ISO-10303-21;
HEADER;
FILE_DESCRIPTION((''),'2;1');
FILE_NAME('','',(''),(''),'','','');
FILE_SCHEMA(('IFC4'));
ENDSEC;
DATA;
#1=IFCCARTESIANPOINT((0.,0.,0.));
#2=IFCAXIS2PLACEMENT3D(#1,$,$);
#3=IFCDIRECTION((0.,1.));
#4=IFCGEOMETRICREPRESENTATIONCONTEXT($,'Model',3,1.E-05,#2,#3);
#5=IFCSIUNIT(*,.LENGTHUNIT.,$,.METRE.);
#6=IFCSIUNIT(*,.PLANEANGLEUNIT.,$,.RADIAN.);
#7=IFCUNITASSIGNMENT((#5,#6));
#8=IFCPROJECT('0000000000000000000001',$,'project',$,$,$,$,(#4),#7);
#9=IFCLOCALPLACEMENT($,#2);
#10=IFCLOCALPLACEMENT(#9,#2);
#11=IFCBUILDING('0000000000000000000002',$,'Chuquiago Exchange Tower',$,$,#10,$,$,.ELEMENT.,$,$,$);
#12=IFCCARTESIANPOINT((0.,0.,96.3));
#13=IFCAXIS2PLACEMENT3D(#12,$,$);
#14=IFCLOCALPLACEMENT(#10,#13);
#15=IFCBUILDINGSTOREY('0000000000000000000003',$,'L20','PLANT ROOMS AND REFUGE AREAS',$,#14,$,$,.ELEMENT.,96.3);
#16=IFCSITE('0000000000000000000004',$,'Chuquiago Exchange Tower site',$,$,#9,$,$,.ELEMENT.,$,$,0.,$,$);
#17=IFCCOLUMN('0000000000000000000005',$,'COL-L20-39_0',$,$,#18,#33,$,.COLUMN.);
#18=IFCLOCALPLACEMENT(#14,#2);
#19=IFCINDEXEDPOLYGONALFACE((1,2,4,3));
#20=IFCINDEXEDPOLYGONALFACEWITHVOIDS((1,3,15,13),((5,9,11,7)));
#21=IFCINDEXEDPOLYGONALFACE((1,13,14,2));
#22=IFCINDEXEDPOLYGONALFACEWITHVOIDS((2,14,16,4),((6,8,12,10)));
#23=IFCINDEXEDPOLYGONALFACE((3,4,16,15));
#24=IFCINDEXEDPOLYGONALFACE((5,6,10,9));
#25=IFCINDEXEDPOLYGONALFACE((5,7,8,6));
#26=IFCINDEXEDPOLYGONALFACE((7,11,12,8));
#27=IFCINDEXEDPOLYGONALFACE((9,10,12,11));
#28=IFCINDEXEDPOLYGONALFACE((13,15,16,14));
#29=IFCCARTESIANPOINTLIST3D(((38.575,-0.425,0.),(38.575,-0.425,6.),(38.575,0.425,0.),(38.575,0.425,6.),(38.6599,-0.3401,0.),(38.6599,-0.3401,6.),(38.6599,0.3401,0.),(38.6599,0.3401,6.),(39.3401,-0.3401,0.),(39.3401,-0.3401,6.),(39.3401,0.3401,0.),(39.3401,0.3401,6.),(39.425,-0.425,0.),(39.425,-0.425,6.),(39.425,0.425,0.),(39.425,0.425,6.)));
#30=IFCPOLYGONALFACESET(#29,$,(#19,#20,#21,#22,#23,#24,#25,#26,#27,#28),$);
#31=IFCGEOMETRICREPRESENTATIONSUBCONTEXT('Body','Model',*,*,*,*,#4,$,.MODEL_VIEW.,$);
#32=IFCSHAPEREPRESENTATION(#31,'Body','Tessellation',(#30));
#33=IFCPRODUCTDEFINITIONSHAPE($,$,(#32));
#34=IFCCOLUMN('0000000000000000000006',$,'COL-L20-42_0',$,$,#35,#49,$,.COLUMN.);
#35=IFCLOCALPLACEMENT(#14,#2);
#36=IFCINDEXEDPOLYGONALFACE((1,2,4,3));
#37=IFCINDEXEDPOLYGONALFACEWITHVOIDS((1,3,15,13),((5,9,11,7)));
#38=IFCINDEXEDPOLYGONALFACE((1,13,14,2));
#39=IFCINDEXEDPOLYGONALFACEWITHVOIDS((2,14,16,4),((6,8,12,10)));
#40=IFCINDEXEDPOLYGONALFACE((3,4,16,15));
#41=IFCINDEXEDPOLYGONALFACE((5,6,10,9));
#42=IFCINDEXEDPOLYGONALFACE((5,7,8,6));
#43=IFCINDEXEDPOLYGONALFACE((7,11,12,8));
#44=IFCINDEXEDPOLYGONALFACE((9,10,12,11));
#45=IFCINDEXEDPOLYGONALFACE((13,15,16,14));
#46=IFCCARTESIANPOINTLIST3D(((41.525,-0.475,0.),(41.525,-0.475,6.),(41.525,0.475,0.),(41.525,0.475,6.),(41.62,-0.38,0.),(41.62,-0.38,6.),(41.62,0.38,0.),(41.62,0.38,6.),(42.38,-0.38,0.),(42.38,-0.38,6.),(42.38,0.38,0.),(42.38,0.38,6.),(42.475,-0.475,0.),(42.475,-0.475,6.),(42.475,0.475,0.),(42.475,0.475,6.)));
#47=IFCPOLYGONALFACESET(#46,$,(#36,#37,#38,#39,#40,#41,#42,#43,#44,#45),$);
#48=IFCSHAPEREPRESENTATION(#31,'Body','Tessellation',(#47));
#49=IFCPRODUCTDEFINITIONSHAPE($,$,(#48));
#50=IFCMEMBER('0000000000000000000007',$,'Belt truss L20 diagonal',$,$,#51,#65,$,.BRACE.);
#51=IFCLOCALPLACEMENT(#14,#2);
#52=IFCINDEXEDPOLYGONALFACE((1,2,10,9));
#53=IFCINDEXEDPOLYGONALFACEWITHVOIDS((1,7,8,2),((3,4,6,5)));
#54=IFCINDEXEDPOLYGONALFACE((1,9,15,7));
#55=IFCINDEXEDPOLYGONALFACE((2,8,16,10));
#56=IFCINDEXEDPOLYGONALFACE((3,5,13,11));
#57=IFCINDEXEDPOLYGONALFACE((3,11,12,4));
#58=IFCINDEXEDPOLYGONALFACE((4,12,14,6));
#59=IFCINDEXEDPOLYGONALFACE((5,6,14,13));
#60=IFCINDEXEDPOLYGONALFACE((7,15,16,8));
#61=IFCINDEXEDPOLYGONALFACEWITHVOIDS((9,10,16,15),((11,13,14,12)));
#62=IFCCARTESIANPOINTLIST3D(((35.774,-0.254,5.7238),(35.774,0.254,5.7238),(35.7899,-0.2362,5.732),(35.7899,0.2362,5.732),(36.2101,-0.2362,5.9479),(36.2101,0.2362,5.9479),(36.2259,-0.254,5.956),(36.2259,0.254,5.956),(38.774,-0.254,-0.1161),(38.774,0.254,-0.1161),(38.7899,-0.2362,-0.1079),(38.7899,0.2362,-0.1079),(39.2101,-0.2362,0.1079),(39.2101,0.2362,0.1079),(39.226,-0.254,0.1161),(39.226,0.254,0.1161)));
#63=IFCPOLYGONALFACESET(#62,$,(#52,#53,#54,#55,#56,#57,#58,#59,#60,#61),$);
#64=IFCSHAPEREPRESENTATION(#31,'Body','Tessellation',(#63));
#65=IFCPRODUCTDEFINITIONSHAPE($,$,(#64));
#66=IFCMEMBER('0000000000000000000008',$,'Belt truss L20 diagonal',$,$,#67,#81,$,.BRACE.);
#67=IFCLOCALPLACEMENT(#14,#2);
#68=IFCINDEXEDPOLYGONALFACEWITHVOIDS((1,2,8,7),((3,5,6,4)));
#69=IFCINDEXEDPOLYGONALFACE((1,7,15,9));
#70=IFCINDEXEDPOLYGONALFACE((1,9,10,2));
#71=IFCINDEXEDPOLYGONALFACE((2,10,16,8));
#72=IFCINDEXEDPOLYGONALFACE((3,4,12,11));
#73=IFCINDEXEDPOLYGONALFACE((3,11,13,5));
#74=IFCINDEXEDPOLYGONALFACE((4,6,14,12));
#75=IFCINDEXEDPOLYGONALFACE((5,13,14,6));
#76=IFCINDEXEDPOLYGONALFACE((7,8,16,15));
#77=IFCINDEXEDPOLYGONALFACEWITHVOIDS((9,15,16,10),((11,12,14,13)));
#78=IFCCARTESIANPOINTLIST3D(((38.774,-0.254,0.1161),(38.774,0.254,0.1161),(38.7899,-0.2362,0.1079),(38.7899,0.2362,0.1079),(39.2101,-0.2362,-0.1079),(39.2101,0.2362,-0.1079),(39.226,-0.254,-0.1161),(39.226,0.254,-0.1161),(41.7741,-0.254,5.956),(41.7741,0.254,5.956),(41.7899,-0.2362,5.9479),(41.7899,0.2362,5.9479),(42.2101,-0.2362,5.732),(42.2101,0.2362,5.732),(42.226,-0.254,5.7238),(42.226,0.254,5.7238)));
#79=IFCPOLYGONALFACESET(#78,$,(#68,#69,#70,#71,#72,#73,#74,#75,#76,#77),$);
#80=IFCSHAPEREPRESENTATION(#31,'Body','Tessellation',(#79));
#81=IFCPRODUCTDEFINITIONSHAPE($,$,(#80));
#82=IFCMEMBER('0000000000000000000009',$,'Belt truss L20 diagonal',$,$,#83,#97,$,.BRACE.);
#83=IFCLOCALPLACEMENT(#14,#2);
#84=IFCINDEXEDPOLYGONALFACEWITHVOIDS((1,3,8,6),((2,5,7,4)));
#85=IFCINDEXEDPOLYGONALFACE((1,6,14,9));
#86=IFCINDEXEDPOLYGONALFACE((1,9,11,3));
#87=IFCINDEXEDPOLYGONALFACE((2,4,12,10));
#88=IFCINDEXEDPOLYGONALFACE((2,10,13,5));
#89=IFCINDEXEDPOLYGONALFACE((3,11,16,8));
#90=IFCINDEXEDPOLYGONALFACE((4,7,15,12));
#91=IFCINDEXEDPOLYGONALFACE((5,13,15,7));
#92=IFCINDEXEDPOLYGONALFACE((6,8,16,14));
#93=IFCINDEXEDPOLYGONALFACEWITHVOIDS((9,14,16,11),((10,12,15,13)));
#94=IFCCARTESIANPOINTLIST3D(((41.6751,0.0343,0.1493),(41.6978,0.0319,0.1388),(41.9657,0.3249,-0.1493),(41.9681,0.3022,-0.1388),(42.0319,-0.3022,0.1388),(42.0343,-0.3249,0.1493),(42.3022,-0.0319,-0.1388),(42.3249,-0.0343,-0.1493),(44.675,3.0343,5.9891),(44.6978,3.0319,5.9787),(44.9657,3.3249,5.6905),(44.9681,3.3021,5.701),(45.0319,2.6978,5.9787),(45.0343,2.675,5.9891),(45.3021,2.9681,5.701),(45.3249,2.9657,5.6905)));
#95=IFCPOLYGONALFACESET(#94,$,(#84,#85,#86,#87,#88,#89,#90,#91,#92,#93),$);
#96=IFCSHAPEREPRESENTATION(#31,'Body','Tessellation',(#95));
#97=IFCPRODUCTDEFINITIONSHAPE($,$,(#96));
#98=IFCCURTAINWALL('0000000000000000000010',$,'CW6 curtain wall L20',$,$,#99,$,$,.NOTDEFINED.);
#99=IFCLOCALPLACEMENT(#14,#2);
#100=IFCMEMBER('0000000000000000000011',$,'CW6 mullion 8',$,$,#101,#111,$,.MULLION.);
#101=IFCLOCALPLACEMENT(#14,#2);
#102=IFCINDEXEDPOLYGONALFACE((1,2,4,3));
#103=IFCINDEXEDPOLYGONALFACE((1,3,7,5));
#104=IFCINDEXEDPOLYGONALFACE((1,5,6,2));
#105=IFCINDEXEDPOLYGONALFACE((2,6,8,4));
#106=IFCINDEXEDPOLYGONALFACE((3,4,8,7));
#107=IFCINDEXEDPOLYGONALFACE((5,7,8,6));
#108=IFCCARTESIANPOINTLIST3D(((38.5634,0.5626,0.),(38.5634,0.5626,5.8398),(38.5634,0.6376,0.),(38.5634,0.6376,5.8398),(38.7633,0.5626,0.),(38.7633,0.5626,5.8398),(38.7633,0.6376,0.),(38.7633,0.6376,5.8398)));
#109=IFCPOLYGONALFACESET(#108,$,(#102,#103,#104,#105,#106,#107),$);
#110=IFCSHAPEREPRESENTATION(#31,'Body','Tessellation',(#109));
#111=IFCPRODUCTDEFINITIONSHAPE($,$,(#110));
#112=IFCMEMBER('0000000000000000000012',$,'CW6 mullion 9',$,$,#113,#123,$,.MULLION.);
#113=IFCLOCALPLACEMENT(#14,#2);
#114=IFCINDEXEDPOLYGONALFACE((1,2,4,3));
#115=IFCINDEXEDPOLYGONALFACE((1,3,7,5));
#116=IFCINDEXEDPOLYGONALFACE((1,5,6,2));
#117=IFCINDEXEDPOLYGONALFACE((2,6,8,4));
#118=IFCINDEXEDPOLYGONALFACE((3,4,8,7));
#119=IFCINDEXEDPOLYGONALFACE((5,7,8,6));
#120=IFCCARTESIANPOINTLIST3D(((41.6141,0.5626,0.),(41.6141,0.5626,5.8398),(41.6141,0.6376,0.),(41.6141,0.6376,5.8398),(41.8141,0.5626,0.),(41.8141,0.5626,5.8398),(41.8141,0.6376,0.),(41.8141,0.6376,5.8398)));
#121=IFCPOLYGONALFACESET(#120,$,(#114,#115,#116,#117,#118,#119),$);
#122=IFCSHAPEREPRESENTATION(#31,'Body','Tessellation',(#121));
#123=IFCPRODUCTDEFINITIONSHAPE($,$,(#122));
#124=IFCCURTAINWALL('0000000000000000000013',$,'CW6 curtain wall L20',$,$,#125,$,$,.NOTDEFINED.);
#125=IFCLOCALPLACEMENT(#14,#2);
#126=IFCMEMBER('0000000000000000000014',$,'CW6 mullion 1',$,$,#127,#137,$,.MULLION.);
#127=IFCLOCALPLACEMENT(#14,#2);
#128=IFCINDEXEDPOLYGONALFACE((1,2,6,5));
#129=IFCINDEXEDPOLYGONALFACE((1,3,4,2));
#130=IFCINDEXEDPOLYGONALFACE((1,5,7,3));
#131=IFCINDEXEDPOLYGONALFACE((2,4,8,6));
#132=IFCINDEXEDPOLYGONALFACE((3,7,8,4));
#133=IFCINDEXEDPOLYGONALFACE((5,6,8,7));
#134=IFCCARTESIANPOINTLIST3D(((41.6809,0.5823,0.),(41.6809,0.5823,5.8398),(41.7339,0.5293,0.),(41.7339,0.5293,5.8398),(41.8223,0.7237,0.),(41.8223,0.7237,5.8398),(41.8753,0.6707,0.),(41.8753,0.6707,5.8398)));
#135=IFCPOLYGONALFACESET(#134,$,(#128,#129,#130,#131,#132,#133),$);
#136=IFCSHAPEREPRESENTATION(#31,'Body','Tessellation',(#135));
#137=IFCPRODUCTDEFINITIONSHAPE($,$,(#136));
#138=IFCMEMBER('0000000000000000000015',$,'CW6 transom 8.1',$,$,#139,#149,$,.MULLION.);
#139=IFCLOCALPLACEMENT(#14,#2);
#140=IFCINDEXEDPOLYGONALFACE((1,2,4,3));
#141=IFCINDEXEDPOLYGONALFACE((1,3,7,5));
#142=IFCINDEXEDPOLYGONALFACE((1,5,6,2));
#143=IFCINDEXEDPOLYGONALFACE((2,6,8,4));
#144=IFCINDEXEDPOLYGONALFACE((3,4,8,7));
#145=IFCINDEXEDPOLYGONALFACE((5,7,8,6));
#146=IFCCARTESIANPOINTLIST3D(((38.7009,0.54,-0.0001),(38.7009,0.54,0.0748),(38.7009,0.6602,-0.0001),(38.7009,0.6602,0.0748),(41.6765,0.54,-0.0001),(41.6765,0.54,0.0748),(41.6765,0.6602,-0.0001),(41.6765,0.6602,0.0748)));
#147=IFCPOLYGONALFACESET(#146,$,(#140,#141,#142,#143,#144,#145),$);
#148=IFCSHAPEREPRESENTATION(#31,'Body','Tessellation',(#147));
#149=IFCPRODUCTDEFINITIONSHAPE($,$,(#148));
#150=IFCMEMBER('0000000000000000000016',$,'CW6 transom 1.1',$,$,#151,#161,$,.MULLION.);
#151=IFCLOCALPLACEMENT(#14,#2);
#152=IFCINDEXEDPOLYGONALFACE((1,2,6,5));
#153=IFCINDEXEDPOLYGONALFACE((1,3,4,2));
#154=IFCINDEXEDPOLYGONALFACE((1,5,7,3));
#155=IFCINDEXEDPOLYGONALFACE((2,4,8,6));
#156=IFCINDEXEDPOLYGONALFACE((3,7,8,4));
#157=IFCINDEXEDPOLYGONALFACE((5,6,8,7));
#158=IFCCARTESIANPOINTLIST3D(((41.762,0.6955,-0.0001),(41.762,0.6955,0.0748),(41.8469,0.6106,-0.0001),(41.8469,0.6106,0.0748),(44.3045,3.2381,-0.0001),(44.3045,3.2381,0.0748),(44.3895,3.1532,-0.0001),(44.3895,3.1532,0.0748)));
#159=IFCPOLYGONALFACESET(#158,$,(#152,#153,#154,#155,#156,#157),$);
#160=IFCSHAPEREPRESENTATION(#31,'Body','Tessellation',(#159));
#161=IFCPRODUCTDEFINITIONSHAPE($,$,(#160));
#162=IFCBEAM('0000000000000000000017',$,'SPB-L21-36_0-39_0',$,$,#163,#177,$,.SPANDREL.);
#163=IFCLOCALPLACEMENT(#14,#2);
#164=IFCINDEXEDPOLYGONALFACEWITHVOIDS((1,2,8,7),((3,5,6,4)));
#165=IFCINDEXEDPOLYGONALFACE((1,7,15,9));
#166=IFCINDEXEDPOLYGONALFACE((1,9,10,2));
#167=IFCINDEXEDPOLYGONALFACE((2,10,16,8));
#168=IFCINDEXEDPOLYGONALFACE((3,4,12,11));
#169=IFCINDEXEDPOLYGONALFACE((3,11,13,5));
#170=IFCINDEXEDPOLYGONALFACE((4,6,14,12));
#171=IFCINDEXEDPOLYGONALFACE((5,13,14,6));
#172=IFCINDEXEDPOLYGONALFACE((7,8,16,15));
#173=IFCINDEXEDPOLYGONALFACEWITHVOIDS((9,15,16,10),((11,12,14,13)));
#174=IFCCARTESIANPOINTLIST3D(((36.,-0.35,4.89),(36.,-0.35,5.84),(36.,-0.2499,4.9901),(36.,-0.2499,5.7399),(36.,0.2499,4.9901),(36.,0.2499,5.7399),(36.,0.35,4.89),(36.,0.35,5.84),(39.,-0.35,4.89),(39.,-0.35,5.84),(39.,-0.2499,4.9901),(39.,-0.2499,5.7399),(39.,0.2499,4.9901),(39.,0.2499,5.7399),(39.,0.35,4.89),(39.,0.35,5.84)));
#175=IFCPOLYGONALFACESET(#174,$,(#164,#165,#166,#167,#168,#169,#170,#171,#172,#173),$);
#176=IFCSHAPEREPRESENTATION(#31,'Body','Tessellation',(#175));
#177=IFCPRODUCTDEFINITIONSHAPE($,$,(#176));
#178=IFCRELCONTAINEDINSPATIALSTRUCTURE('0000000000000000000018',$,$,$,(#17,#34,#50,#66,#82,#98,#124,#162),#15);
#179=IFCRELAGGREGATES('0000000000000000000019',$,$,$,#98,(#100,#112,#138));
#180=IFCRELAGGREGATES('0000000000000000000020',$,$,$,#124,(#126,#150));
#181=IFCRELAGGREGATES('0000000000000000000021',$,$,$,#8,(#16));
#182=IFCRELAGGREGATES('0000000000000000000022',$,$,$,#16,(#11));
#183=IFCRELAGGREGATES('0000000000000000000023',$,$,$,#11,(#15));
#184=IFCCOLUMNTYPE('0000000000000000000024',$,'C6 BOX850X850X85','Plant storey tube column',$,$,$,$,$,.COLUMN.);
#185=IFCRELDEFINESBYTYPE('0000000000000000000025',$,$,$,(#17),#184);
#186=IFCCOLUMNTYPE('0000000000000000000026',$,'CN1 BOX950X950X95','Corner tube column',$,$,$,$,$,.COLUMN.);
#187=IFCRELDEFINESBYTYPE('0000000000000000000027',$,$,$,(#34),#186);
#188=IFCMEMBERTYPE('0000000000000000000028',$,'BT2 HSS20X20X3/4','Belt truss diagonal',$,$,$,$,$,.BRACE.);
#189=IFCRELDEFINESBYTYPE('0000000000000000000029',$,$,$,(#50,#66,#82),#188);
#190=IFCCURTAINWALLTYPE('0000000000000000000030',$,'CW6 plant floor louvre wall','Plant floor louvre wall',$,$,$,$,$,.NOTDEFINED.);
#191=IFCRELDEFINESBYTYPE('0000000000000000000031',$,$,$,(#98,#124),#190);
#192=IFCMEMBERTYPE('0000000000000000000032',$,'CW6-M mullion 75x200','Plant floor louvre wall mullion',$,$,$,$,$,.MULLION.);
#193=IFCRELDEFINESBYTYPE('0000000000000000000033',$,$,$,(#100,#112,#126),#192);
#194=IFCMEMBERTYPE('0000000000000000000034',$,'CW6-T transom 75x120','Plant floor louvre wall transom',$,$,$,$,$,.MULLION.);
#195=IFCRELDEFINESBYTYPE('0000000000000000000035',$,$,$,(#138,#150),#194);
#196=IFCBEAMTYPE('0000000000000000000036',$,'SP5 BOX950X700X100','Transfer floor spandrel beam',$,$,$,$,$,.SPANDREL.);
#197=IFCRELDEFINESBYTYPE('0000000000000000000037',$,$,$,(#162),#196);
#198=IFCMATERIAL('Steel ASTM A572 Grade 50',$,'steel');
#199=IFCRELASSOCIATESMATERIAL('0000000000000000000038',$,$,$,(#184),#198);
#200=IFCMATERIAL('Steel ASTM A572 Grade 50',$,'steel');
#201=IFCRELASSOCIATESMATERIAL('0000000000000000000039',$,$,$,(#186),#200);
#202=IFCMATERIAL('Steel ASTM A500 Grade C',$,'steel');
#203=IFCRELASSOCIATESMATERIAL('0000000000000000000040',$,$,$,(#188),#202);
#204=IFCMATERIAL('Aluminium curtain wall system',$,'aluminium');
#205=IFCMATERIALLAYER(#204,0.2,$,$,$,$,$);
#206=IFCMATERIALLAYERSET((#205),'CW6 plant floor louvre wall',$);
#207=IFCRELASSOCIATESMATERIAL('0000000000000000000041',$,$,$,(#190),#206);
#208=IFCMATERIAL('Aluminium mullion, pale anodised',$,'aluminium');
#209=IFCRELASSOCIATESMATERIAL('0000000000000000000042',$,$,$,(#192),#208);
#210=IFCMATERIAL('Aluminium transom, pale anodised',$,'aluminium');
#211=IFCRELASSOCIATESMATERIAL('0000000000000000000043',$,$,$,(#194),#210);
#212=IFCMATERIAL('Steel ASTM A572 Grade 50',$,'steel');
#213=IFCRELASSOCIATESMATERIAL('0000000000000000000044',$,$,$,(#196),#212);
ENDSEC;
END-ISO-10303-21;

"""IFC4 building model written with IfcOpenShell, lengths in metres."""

from ifc_helpers import new_model, si_unit, direction, frame, origin, origin_2d, place, context, subcontext, project, spatial, rectangle, hollow_rectangle, extrude, material, layer, layer_set, material_profile, profile_set, type_object, element, aggregate, save


model = new_model("IFC4")

# Units and contexts
model_context = context("Model", 3, precision=1e-05, world=origin(), true_north=direction((0.0, 1.0)))
body_context = subcontext(model_context, "Body", "Model", "MODEL_VIEW")
ifc_project = project(units=[si_unit("LENGTHUNIT", "METRE"), si_unit("PLANEANGLEUNIT", "RADIAN")], contexts=[model_context])

# Site, building, storey
site_placement = place(None, origin())
site = spatial("IfcSite", under=ifc_project, at=site_placement, Name="Chuquiago Exchange Tower site", CompositionType="ELEMENT", RefElevation=0.0)
building_placement = place(site_placement, origin())
building = spatial("IfcBuilding", under=site, at=building_placement, Name="Chuquiago Exchange Tower", CompositionType="ELEMENT")
storey_placement = place(building_placement, frame((0.0, 0.0, 96.3)))
storey = spatial("IfcBuildingStorey", under=building, at=storey_placement, Name="L20", Description="PLANT ROOMS AND REFUGE AREAS", CompositionType="ELEMENT", Elevation=96.3)

# Columns
ifc_material_1 = material(Name="Steel ASTM A572 Grade 50", Category="steel")
ifc_material_profile_1 = material_profile(ifc_material_1, hollow_rectangle(XDim=0.8501, YDim=0.8501, WallThickness=0.085, at=origin_2d()), Name="BOX850X850X85")
ifc_profile_set_1 = profile_set([ifc_material_profile_1], Name="Steel ASTM A572 Grade 50")
column_type_1 = type_object("IfcColumnType", Name="C6 BOX850X850X85", Description="Plant storey tube column", PredefinedType="COLUMN", material=ifc_profile_set_1)
column_1_placement = place(storey_placement, frame((39.0, 0.0, 0.0), z_axis=(0.0, 0.0, 1.0), x_axis=(0.0, -1.0, 0.0)))
element("IfcColumn", 1, at=column_1_placement, inside=storey, type_object=column_type_1, Name="COL-L20-39_0", PredefinedType="COLUMN", context=body_context, shape_type="SweptSolid", body=[
    extrude(hollow_rectangle(XDim=0.8501, YDim=0.8501, WallThickness=0.085, at=origin_2d()), origin(), (0.0, 0.0, 1.0), 6.0),
])
ifc_material_2 = material(Name="Steel ASTM A572 Grade 50", Category="steel")
ifc_material_profile_2 = material_profile(ifc_material_2, hollow_rectangle(XDim=0.95, YDim=0.95, WallThickness=0.095, at=origin_2d()), Name="BOX950X950X95")
ifc_profile_set_2 = profile_set([ifc_material_profile_2], Name="Steel ASTM A572 Grade 50")
column_type_2 = type_object("IfcColumnType", Name="CN1 BOX950X950X95", Description="Corner tube column", PredefinedType="COLUMN", material=ifc_profile_set_2)
column_2_placement = place(storey_placement, frame((42.0, 0.0, 0.0), z_axis=(0.0, 0.0, 1.0), x_axis=(0.0, -1.0, 0.0)))
element("IfcColumn", 2, at=column_2_placement, inside=storey, type_object=column_type_2, Name="COL-L20-42_0", PredefinedType="COLUMN", context=body_context, shape_type="SweptSolid", body=[
    extrude(hollow_rectangle(XDim=0.95, YDim=0.95, WallThickness=0.095, at=origin_2d()), origin(), (0.0, 0.0, 1.0), 6.0),
])

# Members
ifc_material_3 = material(Name="Steel ASTM A500 Grade C", Category="steel")
ifc_material_profile_3 = material_profile(ifc_material_3, hollow_rectangle(XDim=0.5081, YDim=0.5081, WallThickness=0.0178, at=origin_2d()), Name="HSS20X20X3/4")
ifc_profile_set_3 = profile_set([ifc_material_profile_3], Name="Steel ASTM A500 Grade C")
member_type_1 = type_object("IfcMemberType", Name="BT2 HSS20X20X3/4", Description="Belt truss diagonal", PredefinedType="BRACE", material=ifc_profile_set_3)
for number, where, z_axis, x_axis, name in (
    (3, (39.0, 0.0, 0.0), (-0.456945, 0.0, 0.889495), (0.0, -1.0, 0.0), "Belt truss L20 diagonal"),
    (4, (39.0, 0.0, 0.0), (0.456945, 0.0, 0.889495), (0.0, 1.0, 0.0), "Belt truss L20 diagonal"),
):
    element("IfcMember", number, at=place(storey_placement, frame(where, z_axis=z_axis, x_axis=x_axis)), inside=storey, type_object=member_type_1, Name=name, PredefinedType="BRACE", context=body_context, shape_type="SweptSolid", body=[
        extrude(hollow_rectangle(XDim=0.5081, YDim=0.5081, WallThickness=0.0178, at=origin_2d()), origin(), (0.0, 0.0, 1.0), 6.5654),
    ])
member_1_placement = place(storey_placement, frame((42.0, 0.0, 0.0), z_axis=(0.415611, 0.415611, 0.809034), x_axis=(-0.707107, 0.707107, 0.0)))
element("IfcMember", 5, at=member_1_placement, inside=storey, type_object=member_type_1, Name="Belt truss L20 diagonal", PredefinedType="BRACE", context=body_context, shape_type="SweptSolid", body=[
    extrude(hollow_rectangle(XDim=0.5081, YDim=0.5081, WallThickness=0.0178, at=origin_2d()), origin(), (0.0, 0.0, 1.0), 7.2183),
])

# Curtain wall, members
ifc_material_4 = material(Name="Aluminium curtain wall system", Category="aluminium")
ifc_layer_1 = layer(ifc_material_4, 0.2)
ifc_layer_set_1 = layer_set([ifc_layer_1], Name="CW6 plant floor louvre wall")
curtain_wall_type = type_object("IfcCurtainWallType", Name="CW6 plant floor louvre wall", Description="Plant floor louvre wall", PredefinedType="NOTDEFINED", material=ifc_layer_set_1)
curtain_wall_1_placement = place(storey_placement, origin())
curtain_wall_1 = element("IfcCurtainWall", 6, at=curtain_wall_1_placement, inside=storey, type_object=curtain_wall_type, Name="CW6 curtain wall L20", PredefinedType="NOTDEFINED")
ifc_material_5 = material(Name="Aluminium mullion, pale anodised", Category="aluminium")
ifc_material_profile_4 = material_profile(ifc_material_5, rectangle(XDim=0.075, YDim=0.2, at=origin_2d()), Name="AL 75x200")
ifc_profile_set_4 = profile_set([ifc_material_profile_4], Name="Aluminium mullion, pale anodised")
member_type_2 = type_object("IfcMemberType", Name="CW6-M mullion 75x200", Description="Plant floor louvre wall mullion", PredefinedType="MULLION", material=ifc_profile_set_4)
member_2_placement = place(storey_placement, frame((38.6633, 0.6001, 0.0), z_axis=(0.0, 0.0, 1.0), x_axis=(0.0, 1.0, 0.0)))
member_2 = element("IfcMember", 7, at=member_2_placement, type_object=member_type_2, Name="CW6 mullion 8", PredefinedType="MULLION", context=body_context, shape_type="SweptSolid", body=[
    extrude(rectangle(XDim=0.075, YDim=0.2, at=origin_2d()), origin(), (0.0, 0.0, 1.0), 5.8398),
])
member_3_placement = place(storey_placement, frame((41.7141, 0.6001, 0.0), z_axis=(0.0, 0.0, 1.0), x_axis=(0.0, 1.0, 0.0)))
member_3 = element("IfcMember", 8, at=member_3_placement, type_object=member_type_2, Name="CW6 mullion 9", PredefinedType="MULLION", context=body_context, shape_type="SweptSolid", body=[
    extrude(rectangle(XDim=0.075, YDim=0.2, at=origin_2d()), origin(), (0.0, 0.0, 1.0), 5.8398),
])

# Curtain wall, member
curtain_wall_2_placement = place(storey_placement, origin())
curtain_wall_2 = element("IfcCurtainWall", 9, at=curtain_wall_2_placement, inside=storey, type_object=curtain_wall_type, Name="CW6 curtain wall L20", PredefinedType="NOTDEFINED")
member_4_placement = place(storey_placement, frame((41.7781, 0.6265, 0.0), z_axis=(0.0, 0.0, 1.0), x_axis=(-0.707107, 0.707107, 0.0)))
member_4 = element("IfcMember", 10, at=member_4_placement, type_object=member_type_2, Name="CW6 mullion 1", PredefinedType="MULLION", context=body_context, shape_type="SweptSolid", body=[
    extrude(rectangle(XDim=0.075, YDim=0.2, at=origin_2d()), origin(), (0.0, 0.0, 1.0), 5.8398),
])

# Members
ifc_material_6 = material(Name="Aluminium transom, pale anodised", Category="aluminium")
ifc_material_profile_5 = material_profile(ifc_material_6, rectangle(XDim=0.1201, YDim=0.075, at=origin_2d()), Name="AL 120x75")
ifc_profile_set_5 = profile_set([ifc_material_profile_5], Name="Aluminium transom, pale anodised")
member_type_3 = type_object("IfcMemberType", Name="CW6-T transom 75x120", Description="Plant floor louvre wall transom", PredefinedType="MULLION", material=ifc_profile_set_5)
member_5_placement = place(storey_placement, frame((38.7009, 0.6001, 0.0374), z_axis=(1.0, 0.0, 0.0), x_axis=(0.0, 1.0, 0.0)))
member_5 = element("IfcMember", 11, at=member_5_placement, type_object=member_type_3, Name="CW6 transom 8.1", PredefinedType="MULLION", context=body_context, shape_type="SweptSolid", body=[
    extrude(rectangle(XDim=0.1201, YDim=0.075, at=origin_2d()), origin(), (0.0, 0.0, 1.0), 2.9756),
])
member_6_placement = place(storey_placement, frame((41.8044, 0.6531, 0.0374), z_axis=(0.707107, 0.707107, 0.0), x_axis=(-0.707107, 0.707107, 0.0)))
member_6 = element("IfcMember", 12, at=member_6_placement, type_object=member_type_3, Name="CW6 transom 1.1", PredefinedType="MULLION", context=body_context, shape_type="SweptSolid", body=[
    extrude(rectangle(XDim=0.1201, YDim=0.075, at=origin_2d()), origin(), (0.0, 0.0, 1.0), 3.5957),
])

# Beam
ifc_material_7 = material(Name="Steel ASTM A572 Grade 50", Category="steel")
ifc_material_profile_6 = material_profile(ifc_material_7, hollow_rectangle(XDim=0.7, YDim=0.95, WallThickness=0.1001, at=origin_2d()), Name="BOX950X700X100")
ifc_profile_set_6 = profile_set([ifc_material_profile_6], Name="Steel ASTM A572 Grade 50")
beam_type = type_object("IfcBeamType", Name="SP5 BOX950X700X100", Description="Transfer floor spandrel beam", PredefinedType="SPANDREL", material=ifc_profile_set_6)
for number, where, z_axis, x_axis, name in (
    (13, (36.0, 0.0, 5.365), (1.0, 0.0, 0.0), (0.0, 1.0, 0.0), "SPB-L21-36_0-39_0"),
):
    element("IfcBeam", number, at=place(storey_placement, frame(where, z_axis=z_axis, x_axis=x_axis)), inside=storey, type_object=beam_type, Name=name, PredefinedType="SPANDREL", context=body_context, shape_type="SweptSolid", body=[
        extrude(hollow_rectangle(XDim=0.7, YDim=0.95, WallThickness=0.1001, at=origin_2d()), origin(), (0.0, 0.0, 1.0), 3.0),
    ])

aggregate(curtain_wall_1, [member_2, member_3, member_5])
aggregate(curtain_wall_2, [member_4, member_6])

save(model, "model.ifc")
